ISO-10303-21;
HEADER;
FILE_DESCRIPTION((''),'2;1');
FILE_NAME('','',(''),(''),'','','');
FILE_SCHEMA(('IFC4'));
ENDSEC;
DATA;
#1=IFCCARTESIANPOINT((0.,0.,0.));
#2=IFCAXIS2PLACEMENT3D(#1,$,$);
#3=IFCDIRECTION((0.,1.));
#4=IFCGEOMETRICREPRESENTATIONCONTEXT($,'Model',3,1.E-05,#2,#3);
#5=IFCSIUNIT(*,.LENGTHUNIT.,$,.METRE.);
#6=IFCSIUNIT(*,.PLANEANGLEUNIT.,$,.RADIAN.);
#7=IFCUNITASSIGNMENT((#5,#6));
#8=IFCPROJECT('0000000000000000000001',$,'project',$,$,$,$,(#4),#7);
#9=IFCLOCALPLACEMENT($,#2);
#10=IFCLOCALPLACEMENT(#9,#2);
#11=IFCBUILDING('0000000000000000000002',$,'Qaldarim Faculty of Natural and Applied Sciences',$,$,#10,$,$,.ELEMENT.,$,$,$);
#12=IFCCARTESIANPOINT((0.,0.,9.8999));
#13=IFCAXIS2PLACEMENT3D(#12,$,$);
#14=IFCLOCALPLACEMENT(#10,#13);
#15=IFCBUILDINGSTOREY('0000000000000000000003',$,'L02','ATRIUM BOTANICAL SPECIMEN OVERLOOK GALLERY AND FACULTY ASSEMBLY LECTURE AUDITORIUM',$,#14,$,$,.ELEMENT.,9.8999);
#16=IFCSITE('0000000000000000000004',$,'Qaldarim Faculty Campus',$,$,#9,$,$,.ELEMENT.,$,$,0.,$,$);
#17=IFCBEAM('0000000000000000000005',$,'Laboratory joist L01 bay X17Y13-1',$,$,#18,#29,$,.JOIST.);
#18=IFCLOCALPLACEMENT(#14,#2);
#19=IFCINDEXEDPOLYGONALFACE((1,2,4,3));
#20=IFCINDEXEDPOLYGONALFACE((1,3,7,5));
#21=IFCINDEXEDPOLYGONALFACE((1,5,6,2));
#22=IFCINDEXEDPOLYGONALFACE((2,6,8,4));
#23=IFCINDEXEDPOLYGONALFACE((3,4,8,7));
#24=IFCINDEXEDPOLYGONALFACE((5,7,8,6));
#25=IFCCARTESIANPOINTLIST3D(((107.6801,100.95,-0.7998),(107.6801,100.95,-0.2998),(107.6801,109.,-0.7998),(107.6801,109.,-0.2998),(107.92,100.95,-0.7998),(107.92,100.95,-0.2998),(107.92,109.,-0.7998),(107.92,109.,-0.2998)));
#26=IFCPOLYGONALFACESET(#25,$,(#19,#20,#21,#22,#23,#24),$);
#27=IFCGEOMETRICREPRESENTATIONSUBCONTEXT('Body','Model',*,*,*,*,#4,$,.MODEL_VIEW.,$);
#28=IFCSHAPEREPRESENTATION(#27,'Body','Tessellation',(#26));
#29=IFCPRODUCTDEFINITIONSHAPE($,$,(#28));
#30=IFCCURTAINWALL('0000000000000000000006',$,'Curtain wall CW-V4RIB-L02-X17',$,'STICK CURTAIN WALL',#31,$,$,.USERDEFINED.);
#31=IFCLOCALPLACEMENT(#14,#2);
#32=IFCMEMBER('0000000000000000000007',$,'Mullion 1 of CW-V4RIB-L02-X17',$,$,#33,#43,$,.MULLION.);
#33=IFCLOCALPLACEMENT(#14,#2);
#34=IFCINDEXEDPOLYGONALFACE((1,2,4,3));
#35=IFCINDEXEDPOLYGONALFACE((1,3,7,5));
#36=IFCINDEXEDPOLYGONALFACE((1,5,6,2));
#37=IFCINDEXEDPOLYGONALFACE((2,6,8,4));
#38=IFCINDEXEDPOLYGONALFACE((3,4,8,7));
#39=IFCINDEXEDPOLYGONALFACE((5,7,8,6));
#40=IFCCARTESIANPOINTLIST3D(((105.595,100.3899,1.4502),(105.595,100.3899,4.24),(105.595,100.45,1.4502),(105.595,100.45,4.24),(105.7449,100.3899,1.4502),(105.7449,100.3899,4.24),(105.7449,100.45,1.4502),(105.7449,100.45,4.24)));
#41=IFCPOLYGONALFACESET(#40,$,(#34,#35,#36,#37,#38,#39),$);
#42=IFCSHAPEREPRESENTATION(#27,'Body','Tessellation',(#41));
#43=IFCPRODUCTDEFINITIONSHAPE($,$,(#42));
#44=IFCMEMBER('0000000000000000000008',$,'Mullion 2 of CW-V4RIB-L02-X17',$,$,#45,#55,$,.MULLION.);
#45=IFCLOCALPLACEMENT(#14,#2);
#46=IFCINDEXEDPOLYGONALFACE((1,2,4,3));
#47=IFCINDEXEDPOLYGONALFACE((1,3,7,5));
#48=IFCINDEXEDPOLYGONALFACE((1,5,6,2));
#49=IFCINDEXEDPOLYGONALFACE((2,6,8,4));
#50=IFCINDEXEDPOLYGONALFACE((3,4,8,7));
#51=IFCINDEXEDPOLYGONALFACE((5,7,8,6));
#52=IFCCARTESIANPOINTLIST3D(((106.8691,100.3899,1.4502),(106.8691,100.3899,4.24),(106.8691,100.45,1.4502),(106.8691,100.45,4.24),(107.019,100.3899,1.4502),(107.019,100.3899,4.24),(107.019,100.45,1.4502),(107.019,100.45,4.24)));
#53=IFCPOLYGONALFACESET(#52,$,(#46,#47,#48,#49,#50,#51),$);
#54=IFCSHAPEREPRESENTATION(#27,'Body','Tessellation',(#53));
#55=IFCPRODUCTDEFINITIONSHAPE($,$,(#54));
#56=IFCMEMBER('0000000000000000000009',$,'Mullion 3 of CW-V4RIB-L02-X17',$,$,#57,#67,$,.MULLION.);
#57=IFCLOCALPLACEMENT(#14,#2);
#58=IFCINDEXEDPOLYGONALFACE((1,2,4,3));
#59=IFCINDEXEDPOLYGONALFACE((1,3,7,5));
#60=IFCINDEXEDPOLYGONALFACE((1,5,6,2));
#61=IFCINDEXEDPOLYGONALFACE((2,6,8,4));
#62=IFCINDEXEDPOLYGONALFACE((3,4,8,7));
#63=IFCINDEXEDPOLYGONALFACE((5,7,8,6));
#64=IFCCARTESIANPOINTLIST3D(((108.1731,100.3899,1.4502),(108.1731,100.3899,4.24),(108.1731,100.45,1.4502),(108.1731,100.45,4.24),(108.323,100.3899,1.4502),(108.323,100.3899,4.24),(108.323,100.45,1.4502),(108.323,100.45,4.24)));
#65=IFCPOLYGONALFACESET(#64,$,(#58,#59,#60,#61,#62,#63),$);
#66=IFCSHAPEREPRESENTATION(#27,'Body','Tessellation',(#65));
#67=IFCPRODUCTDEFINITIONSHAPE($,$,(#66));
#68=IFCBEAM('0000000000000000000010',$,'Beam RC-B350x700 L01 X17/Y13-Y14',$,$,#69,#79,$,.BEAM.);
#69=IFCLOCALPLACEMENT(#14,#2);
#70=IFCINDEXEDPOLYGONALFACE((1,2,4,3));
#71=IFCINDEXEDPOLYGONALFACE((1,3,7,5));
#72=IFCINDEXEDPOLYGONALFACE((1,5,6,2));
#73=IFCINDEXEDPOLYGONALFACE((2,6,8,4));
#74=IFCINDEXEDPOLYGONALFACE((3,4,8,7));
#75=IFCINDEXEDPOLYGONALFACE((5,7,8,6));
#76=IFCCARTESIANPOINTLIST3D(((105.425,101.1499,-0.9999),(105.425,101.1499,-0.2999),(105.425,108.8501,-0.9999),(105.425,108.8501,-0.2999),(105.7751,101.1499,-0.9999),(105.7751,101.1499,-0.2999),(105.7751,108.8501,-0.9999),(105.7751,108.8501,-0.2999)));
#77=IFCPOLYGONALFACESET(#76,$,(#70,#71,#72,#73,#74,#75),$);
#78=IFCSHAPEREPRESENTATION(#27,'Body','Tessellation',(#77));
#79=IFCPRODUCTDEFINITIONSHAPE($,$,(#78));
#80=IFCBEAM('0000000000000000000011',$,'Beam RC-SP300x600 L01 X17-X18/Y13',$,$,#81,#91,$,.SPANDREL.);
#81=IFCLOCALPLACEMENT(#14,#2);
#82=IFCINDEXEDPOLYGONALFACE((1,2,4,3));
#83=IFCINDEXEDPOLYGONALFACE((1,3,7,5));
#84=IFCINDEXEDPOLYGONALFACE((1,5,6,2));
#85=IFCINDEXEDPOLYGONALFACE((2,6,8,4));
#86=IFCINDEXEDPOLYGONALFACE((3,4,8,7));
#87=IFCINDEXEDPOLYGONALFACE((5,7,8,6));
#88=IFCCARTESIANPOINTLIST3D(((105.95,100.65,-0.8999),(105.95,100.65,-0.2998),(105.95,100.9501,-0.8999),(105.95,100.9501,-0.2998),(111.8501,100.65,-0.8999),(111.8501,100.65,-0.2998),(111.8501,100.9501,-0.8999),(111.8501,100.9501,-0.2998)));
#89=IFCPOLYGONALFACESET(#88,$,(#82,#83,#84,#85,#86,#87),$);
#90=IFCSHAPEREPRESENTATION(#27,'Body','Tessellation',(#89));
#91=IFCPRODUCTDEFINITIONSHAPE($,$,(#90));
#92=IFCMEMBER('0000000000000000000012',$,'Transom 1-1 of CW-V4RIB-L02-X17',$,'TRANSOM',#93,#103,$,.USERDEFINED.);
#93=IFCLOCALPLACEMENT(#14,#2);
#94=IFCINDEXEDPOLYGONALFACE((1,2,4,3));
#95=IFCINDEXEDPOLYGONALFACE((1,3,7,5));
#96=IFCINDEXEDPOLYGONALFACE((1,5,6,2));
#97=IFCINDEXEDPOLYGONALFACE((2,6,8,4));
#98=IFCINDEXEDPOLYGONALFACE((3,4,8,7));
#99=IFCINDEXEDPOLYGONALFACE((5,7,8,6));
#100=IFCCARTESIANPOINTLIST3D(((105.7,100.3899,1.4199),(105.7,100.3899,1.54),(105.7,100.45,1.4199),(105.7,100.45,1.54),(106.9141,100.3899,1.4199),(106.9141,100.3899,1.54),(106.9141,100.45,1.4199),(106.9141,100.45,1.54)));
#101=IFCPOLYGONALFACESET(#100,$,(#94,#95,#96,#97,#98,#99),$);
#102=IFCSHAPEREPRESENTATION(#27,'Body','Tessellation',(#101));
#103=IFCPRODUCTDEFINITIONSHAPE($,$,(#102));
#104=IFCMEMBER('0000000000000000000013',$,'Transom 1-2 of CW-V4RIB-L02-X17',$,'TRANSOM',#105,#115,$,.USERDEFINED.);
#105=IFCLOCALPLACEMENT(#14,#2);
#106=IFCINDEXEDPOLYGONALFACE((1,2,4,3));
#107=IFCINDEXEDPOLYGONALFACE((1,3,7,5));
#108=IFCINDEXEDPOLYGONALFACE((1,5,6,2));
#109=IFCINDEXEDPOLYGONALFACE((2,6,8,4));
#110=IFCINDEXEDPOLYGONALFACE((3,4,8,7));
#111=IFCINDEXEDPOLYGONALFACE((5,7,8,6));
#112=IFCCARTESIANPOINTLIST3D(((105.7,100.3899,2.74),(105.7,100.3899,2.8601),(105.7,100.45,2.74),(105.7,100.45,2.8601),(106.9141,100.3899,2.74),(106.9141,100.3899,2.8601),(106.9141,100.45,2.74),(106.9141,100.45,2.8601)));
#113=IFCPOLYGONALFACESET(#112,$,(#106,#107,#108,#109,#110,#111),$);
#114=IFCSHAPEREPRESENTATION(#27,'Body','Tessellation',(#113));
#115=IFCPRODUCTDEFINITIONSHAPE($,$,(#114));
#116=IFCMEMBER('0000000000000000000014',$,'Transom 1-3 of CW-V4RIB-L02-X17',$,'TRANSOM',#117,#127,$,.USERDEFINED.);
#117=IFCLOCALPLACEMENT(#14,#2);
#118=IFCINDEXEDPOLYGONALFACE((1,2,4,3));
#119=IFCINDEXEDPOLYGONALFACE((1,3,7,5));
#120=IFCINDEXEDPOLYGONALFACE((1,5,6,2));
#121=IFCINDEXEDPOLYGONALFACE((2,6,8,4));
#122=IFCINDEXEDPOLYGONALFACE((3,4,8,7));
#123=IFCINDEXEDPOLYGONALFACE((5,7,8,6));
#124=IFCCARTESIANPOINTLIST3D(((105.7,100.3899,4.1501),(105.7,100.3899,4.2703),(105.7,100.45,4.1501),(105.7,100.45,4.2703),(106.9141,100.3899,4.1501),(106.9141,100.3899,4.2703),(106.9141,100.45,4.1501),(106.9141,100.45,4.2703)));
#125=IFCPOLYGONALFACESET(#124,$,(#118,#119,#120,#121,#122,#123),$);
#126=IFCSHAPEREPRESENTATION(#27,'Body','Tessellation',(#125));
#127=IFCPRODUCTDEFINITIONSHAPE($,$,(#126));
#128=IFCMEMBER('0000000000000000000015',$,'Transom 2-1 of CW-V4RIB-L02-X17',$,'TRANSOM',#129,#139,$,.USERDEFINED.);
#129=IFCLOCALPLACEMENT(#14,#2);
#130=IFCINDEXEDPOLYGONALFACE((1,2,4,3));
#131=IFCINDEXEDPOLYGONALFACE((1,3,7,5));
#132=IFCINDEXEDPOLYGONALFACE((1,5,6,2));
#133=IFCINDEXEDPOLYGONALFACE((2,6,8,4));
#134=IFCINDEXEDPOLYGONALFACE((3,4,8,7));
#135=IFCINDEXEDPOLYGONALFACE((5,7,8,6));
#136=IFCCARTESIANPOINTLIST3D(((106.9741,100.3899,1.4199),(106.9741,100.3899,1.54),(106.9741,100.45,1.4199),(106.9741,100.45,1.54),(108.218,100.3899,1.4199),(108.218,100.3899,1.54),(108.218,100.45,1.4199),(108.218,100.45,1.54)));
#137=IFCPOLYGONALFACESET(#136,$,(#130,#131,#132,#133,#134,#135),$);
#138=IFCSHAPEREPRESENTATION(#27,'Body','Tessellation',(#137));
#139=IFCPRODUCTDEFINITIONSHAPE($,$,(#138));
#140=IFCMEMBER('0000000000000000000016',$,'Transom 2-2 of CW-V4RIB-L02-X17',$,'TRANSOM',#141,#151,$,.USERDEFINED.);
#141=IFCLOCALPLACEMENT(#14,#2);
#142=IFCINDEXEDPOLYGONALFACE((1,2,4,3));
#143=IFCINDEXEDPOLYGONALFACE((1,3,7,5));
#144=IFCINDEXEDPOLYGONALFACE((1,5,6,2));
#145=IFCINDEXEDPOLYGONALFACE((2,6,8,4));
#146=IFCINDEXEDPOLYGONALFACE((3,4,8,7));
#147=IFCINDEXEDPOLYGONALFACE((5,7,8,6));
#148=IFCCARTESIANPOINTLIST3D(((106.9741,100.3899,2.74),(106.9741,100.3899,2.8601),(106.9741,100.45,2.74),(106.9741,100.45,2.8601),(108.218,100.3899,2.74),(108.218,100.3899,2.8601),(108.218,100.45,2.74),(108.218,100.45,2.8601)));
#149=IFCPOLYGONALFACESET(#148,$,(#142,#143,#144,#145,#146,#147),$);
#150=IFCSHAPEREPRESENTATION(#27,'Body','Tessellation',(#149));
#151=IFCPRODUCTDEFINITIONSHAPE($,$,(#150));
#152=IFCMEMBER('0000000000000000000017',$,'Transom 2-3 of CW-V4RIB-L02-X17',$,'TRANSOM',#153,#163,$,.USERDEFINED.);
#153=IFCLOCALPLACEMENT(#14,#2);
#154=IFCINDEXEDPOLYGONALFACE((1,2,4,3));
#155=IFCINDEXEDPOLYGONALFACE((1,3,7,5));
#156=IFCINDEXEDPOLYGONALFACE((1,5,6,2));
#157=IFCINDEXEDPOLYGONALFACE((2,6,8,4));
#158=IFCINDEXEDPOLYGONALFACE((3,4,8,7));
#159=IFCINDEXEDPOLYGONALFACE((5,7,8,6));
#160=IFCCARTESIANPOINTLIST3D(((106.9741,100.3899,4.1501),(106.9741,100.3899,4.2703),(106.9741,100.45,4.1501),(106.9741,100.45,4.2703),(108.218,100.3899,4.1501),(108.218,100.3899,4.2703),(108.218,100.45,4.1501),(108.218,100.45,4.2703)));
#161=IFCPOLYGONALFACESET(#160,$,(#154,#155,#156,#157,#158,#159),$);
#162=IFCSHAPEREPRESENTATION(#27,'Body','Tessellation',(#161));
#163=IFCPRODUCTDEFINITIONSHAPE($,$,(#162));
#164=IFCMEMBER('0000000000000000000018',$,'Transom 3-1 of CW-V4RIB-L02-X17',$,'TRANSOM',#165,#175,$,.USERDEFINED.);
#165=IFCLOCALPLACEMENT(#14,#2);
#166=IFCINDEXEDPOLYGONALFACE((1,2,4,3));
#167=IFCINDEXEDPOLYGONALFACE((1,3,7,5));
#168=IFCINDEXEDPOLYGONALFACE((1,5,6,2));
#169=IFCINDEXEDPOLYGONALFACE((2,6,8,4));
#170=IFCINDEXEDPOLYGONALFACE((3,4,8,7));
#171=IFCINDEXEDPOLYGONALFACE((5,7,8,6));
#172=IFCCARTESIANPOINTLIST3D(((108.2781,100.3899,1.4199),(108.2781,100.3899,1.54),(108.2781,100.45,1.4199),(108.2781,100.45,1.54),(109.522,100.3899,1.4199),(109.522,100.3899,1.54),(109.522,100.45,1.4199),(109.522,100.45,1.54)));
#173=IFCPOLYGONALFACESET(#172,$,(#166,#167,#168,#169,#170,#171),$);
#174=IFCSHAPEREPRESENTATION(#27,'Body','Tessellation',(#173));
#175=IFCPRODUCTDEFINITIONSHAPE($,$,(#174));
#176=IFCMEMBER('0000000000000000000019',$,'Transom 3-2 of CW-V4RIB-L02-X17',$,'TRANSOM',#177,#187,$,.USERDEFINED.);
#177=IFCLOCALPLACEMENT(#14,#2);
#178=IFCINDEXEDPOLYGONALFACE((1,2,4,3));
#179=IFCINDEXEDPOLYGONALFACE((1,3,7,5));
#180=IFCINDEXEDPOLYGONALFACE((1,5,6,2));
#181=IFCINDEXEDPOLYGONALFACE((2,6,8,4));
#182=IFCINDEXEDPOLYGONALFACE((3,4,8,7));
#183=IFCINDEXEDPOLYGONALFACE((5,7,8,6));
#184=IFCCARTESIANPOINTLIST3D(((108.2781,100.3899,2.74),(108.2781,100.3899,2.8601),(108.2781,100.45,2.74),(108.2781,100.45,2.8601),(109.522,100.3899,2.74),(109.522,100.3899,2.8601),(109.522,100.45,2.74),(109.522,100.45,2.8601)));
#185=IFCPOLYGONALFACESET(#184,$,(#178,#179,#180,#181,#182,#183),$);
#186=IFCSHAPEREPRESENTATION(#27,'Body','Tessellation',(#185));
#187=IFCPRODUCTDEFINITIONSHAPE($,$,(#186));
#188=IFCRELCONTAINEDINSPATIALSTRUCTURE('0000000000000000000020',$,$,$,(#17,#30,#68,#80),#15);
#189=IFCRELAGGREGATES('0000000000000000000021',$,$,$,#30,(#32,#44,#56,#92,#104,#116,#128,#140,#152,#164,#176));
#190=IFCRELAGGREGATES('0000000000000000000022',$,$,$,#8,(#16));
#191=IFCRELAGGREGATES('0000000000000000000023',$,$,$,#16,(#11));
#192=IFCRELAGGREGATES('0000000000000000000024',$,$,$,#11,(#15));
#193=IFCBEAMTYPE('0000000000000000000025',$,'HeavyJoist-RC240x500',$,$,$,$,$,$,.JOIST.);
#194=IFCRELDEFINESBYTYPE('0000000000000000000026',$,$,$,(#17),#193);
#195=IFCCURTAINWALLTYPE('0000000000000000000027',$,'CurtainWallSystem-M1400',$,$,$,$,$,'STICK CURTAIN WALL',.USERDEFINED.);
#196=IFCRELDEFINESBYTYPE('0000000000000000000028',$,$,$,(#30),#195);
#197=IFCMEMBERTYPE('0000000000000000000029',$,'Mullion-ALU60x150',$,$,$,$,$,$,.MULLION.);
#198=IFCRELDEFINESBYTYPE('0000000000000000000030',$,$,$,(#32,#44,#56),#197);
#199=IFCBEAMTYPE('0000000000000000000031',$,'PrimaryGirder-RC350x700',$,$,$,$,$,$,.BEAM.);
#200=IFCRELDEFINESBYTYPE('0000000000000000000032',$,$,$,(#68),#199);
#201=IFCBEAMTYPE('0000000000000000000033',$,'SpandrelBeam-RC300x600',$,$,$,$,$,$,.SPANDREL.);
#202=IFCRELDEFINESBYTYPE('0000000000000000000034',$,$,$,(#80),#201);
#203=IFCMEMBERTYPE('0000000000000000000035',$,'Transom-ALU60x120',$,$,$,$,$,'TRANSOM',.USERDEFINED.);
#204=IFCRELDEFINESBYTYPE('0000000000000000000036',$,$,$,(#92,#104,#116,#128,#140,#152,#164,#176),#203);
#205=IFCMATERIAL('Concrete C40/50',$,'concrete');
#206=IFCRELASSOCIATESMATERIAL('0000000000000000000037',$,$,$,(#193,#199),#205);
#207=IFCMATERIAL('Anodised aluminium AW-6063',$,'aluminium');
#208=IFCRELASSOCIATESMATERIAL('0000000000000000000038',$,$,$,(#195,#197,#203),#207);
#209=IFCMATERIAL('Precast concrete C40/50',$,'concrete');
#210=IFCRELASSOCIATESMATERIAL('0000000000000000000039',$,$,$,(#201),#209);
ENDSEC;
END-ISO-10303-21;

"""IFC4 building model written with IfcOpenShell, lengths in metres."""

from ifc_helpers import new_model, si_unit, direction, frame, origin, origin_2d, place, context, subcontext, project, spatial, rectangle, extrude, material, material_profile, profile_set, type_object, element, aggregate, save


model = new_model("IFC4")

# Units and contexts
model_context = context("Model", 3, precision=1e-05, world=origin(), true_north=direction((0.0, 1.0)))
body_context = subcontext(model_context, "Body", "Model", "MODEL_VIEW")
ifc_project = project(units=[si_unit("LENGTHUNIT", "METRE"), si_unit("PLANEANGLEUNIT", "RADIAN")], contexts=[model_context])

# Site, building, storey
site_placement = place(None, origin())
site = spatial("IfcSite", under=ifc_project, at=site_placement, Name="Qaldarim Faculty Campus", CompositionType="ELEMENT", RefElevation=0.0)
building_placement = place(site_placement, origin())
building = spatial("IfcBuilding", under=site, at=building_placement, Name="Qaldarim Faculty of Natural and Applied Sciences", CompositionType="ELEMENT")
storey_placement = place(building_placement, frame((0.0, 0.0, 9.8999)))
storey = spatial("IfcBuildingStorey", under=building, at=storey_placement, Name="L02", Description="ATRIUM BOTANICAL SPECIMEN OVERLOOK GALLERY AND FACULTY ASSEMBLY LECTURE AUDITORIUM", CompositionType="ELEMENT", Elevation=9.8999)

# Beam
ifc_material_1 = material(Name="Concrete C40/50", Category="concrete")
ifc_material_profile_1 = material_profile(ifc_material_1, rectangle(XDim=0.24, YDim=0.5, at=origin_2d()), Name="RC-J240x500")
ifc_profile_set_1 = profile_set([ifc_material_profile_1], Name="Concrete C40/50")
beam_type_1 = type_object("IfcBeamType", Name="HeavyJoist-RC240x500", PredefinedType="JOIST", material=ifc_profile_set_1)
beam_1_placement = place(storey_placement, frame((107.8, 100.95, -0.5498), z_axis=(0.0, 1.0, 0.0), x_axis=(-1.0, 0.0, 0.0)))
element("IfcBeam", 1, at=beam_1_placement, inside=storey, type_object=beam_type_1, Name="Laboratory joist L01 bay X17Y13-1", PredefinedType="JOIST", context=body_context, shape_type="SweptSolid", body=[
    extrude(rectangle(XDim=0.24, YDim=0.5, at=origin_2d()), origin(), (0.0, 0.0, 1.0), 8.05),
])

# Curtain wall, members
ifc_material_2 = material(Name="Anodised aluminium AW-6063", Category="aluminium")
curtain_wall_type = type_object("IfcCurtainWallType", Name="CurtainWallSystem-M1400", ElementType="STICK CURTAIN WALL", PredefinedType="USERDEFINED", material=ifc_material_2)
curtain_wall_placement = place(storey_placement, origin())
curtain_wall = element("IfcCurtainWall", 2, at=curtain_wall_placement, inside=storey, type_object=curtain_wall_type, Name="Curtain wall CW-V4RIB-L02-X17", ObjectType="STICK CURTAIN WALL", PredefinedType="USERDEFINED")
ifc_material_profile_2 = material_profile(ifc_material_2, rectangle(XDim=0.0601, YDim=0.1499, at=origin_2d()), Name="ALU-M60x150")
ifc_profile_set_2 = profile_set([ifc_material_profile_2], Name="Anodised aluminium AW-6063")
member_type_1 = type_object("IfcMemberType", Name="Mullion-ALU60x150", PredefinedType="MULLION", material=ifc_profile_set_2)
member_1_placement = place(storey_placement, frame((105.6699, 100.4199, 1.4502), z_axis=(0.0, 0.0, 1.0), x_axis=(0.0, 1.0, 0.0)))
member_1 = element("IfcMember", 3, at=member_1_placement, type_object=member_type_1, Name="Mullion 1 of CW-V4RIB-L02-X17", PredefinedType="MULLION", context=body_context, shape_type="SweptSolid", body=[
    extrude(rectangle(XDim=0.0601, YDim=0.1499, at=origin_2d()), origin(), (0.0, 0.0, 1.0), 2.7898),
])
member_2_placement = place(storey_placement, frame((106.9441, 100.4199, 1.4502), z_axis=(0.0, 0.0, 1.0), x_axis=(0.0, 1.0, 0.0)))
member_2 = element("IfcMember", 4, at=member_2_placement, type_object=member_type_1, Name="Mullion 2 of CW-V4RIB-L02-X17", PredefinedType="MULLION", context=body_context, shape_type="SweptSolid", body=[
    extrude(rectangle(XDim=0.0601, YDim=0.1499, at=origin_2d()), origin(), (0.0, 0.0, 1.0), 2.7898),
])
member_3_placement = place(storey_placement, frame((108.248, 100.4199, 1.4502), z_axis=(0.0, 0.0, 1.0), x_axis=(0.0, 1.0, 0.0)))
member_3 = element("IfcMember", 5, at=member_3_placement, type_object=member_type_1, Name="Mullion 3 of CW-V4RIB-L02-X17", PredefinedType="MULLION", context=body_context, shape_type="SweptSolid", body=[
    extrude(rectangle(XDim=0.0601, YDim=0.1499, at=origin_2d()), origin(), (0.0, 0.0, 1.0), 2.7898),
])

# Beams
ifc_material_profile_3 = material_profile(ifc_material_1, rectangle(XDim=0.3501, YDim=0.7, at=origin_2d()), Name="RC-B350x700")
ifc_profile_set_3 = profile_set([ifc_material_profile_3], Name="Concrete C40/50")
beam_type_2 = type_object("IfcBeamType", Name="PrimaryGirder-RC350x700", PredefinedType="BEAM", material=ifc_profile_set_3)
beam_2_placement = place(storey_placement, frame((105.6001, 101.1499, -0.6499), z_axis=(0.0, 1.0, 0.0), x_axis=(-1.0, 0.0, 0.0)))
element("IfcBeam", 6, at=beam_2_placement, inside=storey, type_object=beam_type_2, Name="Beam RC-B350x700 L01 X17/Y13-Y14", PredefinedType="BEAM", context=body_context, shape_type="SweptSolid", body=[
    extrude(rectangle(XDim=0.3501, YDim=0.7, at=origin_2d()), origin(), (0.0, 0.0, 1.0), 7.7002),
])
ifc_material_3 = material(Name="Precast concrete C40/50", Category="concrete")
ifc_material_profile_4 = material_profile(ifc_material_3, rectangle(XDim=0.3, YDim=0.6001, at=origin_2d()), Name="RC-SP300x600")
ifc_profile_set_4 = profile_set([ifc_material_profile_4], Name="Precast concrete C40/50")
beam_type_3 = type_object("IfcBeamType", Name="SpandrelBeam-RC300x600", PredefinedType="SPANDREL", material=ifc_profile_set_4)
beam_3_placement = place(storey_placement, frame((105.95, 100.8, -0.5999), z_axis=(1.0, 0.0, 0.0), x_axis=(0.0, 1.0, 0.0)))
element("IfcBeam", 7, at=beam_3_placement, inside=storey, type_object=beam_type_3, Name="Beam RC-SP300x600 L01 X17-X18/Y13", PredefinedType="SPANDREL", context=body_context, shape_type="SweptSolid", body=[
    extrude(rectangle(XDim=0.3, YDim=0.6001, at=origin_2d()), origin(), (0.0, 0.0, 1.0), 5.9001),
])

# Members
ifc_material_profile_5 = material_profile(ifc_material_2, rectangle(XDim=0.0601, YDim=0.1201, at=origin_2d()), Name="ALU-T60x120")
ifc_profile_set_5 = profile_set([ifc_material_profile_5], Name="Anodised aluminium AW-6063")
member_type_2 = type_object("IfcMemberType", Name="Transom-ALU60x120", ElementType="TRANSOM", PredefinedType="USERDEFINED", material=ifc_profile_set_5)
member_4_placement = place(storey_placement, frame((105.7, 100.4199, 1.48), z_axis=(1.0, 0.0, 0.0), x_axis=(0.0, 1.0, 0.0)))
member_4 = element("IfcMember", 8, at=member_4_placement, type_object=member_type_2, Name="Transom 1-1 of CW-V4RIB-L02-X17", ObjectType="TRANSOM", PredefinedType="USERDEFINED", context=body_context, shape_type="SweptSolid", body=[
    extrude(rectangle(XDim=0.0601, YDim=0.1201, at=origin_2d()), origin(), (0.0, 0.0, 1.0), 1.2141),
])
member_5_placement = place(storey_placement, frame((105.7, 100.4199, 2.8), z_axis=(1.0, 0.0, 0.0), x_axis=(0.0, 1.0, 0.0)))
member_5 = element("IfcMember", 9, at=member_5_placement, type_object=member_type_2, Name="Transom 1-2 of CW-V4RIB-L02-X17", ObjectType="TRANSOM", PredefinedType="USERDEFINED", context=body_context, shape_type="SweptSolid", body=[
    extrude(rectangle(XDim=0.0601, YDim=0.1201, at=origin_2d()), origin(), (0.0, 0.0, 1.0), 1.2141),
])
member_6_placement = place(storey_placement, frame((105.7, 100.4199, 4.2102), z_axis=(1.0, 0.0, 0.0), x_axis=(0.0, 1.0, 0.0)))
member_6 = element("IfcMember", 10, at=member_6_placement, type_object=member_type_2, Name="Transom 1-3 of CW-V4RIB-L02-X17", ObjectType="TRANSOM", PredefinedType="USERDEFINED", context=body_context, shape_type="SweptSolid", body=[
    extrude(rectangle(XDim=0.0601, YDim=0.1201, at=origin_2d()), origin(), (0.0, 0.0, 1.0), 1.2141),
])
member_7_placement = place(storey_placement, frame((106.9741, 100.4199, 1.48), z_axis=(1.0, 0.0, 0.0), x_axis=(0.0, 1.0, 0.0)))
member_7 = element("IfcMember", 11, at=member_7_placement, type_object=member_type_2, Name="Transom 2-1 of CW-V4RIB-L02-X17", ObjectType="TRANSOM", PredefinedType="USERDEFINED", context=body_context, shape_type="SweptSolid", body=[
    extrude(rectangle(XDim=0.0601, YDim=0.1201, at=origin_2d()), origin(), (0.0, 0.0, 1.0), 1.2439),
])
member_8_placement = place(storey_placement, frame((106.9741, 100.4199, 2.8), z_axis=(1.0, 0.0, 0.0), x_axis=(0.0, 1.0, 0.0)))
member_8 = element("IfcMember", 12, at=member_8_placement, type_object=member_type_2, Name="Transom 2-2 of CW-V4RIB-L02-X17", ObjectType="TRANSOM", PredefinedType="USERDEFINED", context=body_context, shape_type="SweptSolid", body=[
    extrude(rectangle(XDim=0.0601, YDim=0.1201, at=origin_2d()), origin(), (0.0, 0.0, 1.0), 1.2439),
])
member_9_placement = place(storey_placement, frame((106.9741, 100.4199, 4.2102), z_axis=(1.0, 0.0, 0.0), x_axis=(0.0, 1.0, 0.0)))
member_9 = element("IfcMember", 13, at=member_9_placement, type_object=member_type_2, Name="Transom 2-3 of CW-V4RIB-L02-X17", ObjectType="TRANSOM", PredefinedType="USERDEFINED", context=body_context, shape_type="SweptSolid", body=[
    extrude(rectangle(XDim=0.0601, YDim=0.1201, at=origin_2d()), origin(), (0.0, 0.0, 1.0), 1.2439),
])
member_10_placement = place(storey_placement, frame((108.2781, 100.4199, 1.48), z_axis=(1.0, 0.0, 0.0), x_axis=(0.0, 1.0, 0.0)))
member_10 = element("IfcMember", 14, at=member_10_placement, type_object=member_type_2, Name="Transom 3-1 of CW-V4RIB-L02-X17", ObjectType="TRANSOM", PredefinedType="USERDEFINED", context=body_context, shape_type="SweptSolid", body=[
    extrude(rectangle(XDim=0.0601, YDim=0.1201, at=origin_2d()), origin(), (0.0, 0.0, 1.0), 1.2439),
])
member_11_placement = place(storey_placement, frame((108.2781, 100.4199, 2.8), z_axis=(1.0, 0.0, 0.0), x_axis=(0.0, 1.0, 0.0)))
member_11 = element("IfcMember", 15, at=member_11_placement, type_object=member_type_2, Name="Transom 3-2 of CW-V4RIB-L02-X17", ObjectType="TRANSOM", PredefinedType="USERDEFINED", context=body_context, shape_type="SweptSolid", body=[
    extrude(rectangle(XDim=0.0601, YDim=0.1201, at=origin_2d()), origin(), (0.0, 0.0, 1.0), 1.2439),
])

aggregate(curtain_wall, [member_1, member_2, member_3, member_4, member_5, member_6, member_7, member_8, member_9, member_10, member_11])

save(model, "model.ifc")
